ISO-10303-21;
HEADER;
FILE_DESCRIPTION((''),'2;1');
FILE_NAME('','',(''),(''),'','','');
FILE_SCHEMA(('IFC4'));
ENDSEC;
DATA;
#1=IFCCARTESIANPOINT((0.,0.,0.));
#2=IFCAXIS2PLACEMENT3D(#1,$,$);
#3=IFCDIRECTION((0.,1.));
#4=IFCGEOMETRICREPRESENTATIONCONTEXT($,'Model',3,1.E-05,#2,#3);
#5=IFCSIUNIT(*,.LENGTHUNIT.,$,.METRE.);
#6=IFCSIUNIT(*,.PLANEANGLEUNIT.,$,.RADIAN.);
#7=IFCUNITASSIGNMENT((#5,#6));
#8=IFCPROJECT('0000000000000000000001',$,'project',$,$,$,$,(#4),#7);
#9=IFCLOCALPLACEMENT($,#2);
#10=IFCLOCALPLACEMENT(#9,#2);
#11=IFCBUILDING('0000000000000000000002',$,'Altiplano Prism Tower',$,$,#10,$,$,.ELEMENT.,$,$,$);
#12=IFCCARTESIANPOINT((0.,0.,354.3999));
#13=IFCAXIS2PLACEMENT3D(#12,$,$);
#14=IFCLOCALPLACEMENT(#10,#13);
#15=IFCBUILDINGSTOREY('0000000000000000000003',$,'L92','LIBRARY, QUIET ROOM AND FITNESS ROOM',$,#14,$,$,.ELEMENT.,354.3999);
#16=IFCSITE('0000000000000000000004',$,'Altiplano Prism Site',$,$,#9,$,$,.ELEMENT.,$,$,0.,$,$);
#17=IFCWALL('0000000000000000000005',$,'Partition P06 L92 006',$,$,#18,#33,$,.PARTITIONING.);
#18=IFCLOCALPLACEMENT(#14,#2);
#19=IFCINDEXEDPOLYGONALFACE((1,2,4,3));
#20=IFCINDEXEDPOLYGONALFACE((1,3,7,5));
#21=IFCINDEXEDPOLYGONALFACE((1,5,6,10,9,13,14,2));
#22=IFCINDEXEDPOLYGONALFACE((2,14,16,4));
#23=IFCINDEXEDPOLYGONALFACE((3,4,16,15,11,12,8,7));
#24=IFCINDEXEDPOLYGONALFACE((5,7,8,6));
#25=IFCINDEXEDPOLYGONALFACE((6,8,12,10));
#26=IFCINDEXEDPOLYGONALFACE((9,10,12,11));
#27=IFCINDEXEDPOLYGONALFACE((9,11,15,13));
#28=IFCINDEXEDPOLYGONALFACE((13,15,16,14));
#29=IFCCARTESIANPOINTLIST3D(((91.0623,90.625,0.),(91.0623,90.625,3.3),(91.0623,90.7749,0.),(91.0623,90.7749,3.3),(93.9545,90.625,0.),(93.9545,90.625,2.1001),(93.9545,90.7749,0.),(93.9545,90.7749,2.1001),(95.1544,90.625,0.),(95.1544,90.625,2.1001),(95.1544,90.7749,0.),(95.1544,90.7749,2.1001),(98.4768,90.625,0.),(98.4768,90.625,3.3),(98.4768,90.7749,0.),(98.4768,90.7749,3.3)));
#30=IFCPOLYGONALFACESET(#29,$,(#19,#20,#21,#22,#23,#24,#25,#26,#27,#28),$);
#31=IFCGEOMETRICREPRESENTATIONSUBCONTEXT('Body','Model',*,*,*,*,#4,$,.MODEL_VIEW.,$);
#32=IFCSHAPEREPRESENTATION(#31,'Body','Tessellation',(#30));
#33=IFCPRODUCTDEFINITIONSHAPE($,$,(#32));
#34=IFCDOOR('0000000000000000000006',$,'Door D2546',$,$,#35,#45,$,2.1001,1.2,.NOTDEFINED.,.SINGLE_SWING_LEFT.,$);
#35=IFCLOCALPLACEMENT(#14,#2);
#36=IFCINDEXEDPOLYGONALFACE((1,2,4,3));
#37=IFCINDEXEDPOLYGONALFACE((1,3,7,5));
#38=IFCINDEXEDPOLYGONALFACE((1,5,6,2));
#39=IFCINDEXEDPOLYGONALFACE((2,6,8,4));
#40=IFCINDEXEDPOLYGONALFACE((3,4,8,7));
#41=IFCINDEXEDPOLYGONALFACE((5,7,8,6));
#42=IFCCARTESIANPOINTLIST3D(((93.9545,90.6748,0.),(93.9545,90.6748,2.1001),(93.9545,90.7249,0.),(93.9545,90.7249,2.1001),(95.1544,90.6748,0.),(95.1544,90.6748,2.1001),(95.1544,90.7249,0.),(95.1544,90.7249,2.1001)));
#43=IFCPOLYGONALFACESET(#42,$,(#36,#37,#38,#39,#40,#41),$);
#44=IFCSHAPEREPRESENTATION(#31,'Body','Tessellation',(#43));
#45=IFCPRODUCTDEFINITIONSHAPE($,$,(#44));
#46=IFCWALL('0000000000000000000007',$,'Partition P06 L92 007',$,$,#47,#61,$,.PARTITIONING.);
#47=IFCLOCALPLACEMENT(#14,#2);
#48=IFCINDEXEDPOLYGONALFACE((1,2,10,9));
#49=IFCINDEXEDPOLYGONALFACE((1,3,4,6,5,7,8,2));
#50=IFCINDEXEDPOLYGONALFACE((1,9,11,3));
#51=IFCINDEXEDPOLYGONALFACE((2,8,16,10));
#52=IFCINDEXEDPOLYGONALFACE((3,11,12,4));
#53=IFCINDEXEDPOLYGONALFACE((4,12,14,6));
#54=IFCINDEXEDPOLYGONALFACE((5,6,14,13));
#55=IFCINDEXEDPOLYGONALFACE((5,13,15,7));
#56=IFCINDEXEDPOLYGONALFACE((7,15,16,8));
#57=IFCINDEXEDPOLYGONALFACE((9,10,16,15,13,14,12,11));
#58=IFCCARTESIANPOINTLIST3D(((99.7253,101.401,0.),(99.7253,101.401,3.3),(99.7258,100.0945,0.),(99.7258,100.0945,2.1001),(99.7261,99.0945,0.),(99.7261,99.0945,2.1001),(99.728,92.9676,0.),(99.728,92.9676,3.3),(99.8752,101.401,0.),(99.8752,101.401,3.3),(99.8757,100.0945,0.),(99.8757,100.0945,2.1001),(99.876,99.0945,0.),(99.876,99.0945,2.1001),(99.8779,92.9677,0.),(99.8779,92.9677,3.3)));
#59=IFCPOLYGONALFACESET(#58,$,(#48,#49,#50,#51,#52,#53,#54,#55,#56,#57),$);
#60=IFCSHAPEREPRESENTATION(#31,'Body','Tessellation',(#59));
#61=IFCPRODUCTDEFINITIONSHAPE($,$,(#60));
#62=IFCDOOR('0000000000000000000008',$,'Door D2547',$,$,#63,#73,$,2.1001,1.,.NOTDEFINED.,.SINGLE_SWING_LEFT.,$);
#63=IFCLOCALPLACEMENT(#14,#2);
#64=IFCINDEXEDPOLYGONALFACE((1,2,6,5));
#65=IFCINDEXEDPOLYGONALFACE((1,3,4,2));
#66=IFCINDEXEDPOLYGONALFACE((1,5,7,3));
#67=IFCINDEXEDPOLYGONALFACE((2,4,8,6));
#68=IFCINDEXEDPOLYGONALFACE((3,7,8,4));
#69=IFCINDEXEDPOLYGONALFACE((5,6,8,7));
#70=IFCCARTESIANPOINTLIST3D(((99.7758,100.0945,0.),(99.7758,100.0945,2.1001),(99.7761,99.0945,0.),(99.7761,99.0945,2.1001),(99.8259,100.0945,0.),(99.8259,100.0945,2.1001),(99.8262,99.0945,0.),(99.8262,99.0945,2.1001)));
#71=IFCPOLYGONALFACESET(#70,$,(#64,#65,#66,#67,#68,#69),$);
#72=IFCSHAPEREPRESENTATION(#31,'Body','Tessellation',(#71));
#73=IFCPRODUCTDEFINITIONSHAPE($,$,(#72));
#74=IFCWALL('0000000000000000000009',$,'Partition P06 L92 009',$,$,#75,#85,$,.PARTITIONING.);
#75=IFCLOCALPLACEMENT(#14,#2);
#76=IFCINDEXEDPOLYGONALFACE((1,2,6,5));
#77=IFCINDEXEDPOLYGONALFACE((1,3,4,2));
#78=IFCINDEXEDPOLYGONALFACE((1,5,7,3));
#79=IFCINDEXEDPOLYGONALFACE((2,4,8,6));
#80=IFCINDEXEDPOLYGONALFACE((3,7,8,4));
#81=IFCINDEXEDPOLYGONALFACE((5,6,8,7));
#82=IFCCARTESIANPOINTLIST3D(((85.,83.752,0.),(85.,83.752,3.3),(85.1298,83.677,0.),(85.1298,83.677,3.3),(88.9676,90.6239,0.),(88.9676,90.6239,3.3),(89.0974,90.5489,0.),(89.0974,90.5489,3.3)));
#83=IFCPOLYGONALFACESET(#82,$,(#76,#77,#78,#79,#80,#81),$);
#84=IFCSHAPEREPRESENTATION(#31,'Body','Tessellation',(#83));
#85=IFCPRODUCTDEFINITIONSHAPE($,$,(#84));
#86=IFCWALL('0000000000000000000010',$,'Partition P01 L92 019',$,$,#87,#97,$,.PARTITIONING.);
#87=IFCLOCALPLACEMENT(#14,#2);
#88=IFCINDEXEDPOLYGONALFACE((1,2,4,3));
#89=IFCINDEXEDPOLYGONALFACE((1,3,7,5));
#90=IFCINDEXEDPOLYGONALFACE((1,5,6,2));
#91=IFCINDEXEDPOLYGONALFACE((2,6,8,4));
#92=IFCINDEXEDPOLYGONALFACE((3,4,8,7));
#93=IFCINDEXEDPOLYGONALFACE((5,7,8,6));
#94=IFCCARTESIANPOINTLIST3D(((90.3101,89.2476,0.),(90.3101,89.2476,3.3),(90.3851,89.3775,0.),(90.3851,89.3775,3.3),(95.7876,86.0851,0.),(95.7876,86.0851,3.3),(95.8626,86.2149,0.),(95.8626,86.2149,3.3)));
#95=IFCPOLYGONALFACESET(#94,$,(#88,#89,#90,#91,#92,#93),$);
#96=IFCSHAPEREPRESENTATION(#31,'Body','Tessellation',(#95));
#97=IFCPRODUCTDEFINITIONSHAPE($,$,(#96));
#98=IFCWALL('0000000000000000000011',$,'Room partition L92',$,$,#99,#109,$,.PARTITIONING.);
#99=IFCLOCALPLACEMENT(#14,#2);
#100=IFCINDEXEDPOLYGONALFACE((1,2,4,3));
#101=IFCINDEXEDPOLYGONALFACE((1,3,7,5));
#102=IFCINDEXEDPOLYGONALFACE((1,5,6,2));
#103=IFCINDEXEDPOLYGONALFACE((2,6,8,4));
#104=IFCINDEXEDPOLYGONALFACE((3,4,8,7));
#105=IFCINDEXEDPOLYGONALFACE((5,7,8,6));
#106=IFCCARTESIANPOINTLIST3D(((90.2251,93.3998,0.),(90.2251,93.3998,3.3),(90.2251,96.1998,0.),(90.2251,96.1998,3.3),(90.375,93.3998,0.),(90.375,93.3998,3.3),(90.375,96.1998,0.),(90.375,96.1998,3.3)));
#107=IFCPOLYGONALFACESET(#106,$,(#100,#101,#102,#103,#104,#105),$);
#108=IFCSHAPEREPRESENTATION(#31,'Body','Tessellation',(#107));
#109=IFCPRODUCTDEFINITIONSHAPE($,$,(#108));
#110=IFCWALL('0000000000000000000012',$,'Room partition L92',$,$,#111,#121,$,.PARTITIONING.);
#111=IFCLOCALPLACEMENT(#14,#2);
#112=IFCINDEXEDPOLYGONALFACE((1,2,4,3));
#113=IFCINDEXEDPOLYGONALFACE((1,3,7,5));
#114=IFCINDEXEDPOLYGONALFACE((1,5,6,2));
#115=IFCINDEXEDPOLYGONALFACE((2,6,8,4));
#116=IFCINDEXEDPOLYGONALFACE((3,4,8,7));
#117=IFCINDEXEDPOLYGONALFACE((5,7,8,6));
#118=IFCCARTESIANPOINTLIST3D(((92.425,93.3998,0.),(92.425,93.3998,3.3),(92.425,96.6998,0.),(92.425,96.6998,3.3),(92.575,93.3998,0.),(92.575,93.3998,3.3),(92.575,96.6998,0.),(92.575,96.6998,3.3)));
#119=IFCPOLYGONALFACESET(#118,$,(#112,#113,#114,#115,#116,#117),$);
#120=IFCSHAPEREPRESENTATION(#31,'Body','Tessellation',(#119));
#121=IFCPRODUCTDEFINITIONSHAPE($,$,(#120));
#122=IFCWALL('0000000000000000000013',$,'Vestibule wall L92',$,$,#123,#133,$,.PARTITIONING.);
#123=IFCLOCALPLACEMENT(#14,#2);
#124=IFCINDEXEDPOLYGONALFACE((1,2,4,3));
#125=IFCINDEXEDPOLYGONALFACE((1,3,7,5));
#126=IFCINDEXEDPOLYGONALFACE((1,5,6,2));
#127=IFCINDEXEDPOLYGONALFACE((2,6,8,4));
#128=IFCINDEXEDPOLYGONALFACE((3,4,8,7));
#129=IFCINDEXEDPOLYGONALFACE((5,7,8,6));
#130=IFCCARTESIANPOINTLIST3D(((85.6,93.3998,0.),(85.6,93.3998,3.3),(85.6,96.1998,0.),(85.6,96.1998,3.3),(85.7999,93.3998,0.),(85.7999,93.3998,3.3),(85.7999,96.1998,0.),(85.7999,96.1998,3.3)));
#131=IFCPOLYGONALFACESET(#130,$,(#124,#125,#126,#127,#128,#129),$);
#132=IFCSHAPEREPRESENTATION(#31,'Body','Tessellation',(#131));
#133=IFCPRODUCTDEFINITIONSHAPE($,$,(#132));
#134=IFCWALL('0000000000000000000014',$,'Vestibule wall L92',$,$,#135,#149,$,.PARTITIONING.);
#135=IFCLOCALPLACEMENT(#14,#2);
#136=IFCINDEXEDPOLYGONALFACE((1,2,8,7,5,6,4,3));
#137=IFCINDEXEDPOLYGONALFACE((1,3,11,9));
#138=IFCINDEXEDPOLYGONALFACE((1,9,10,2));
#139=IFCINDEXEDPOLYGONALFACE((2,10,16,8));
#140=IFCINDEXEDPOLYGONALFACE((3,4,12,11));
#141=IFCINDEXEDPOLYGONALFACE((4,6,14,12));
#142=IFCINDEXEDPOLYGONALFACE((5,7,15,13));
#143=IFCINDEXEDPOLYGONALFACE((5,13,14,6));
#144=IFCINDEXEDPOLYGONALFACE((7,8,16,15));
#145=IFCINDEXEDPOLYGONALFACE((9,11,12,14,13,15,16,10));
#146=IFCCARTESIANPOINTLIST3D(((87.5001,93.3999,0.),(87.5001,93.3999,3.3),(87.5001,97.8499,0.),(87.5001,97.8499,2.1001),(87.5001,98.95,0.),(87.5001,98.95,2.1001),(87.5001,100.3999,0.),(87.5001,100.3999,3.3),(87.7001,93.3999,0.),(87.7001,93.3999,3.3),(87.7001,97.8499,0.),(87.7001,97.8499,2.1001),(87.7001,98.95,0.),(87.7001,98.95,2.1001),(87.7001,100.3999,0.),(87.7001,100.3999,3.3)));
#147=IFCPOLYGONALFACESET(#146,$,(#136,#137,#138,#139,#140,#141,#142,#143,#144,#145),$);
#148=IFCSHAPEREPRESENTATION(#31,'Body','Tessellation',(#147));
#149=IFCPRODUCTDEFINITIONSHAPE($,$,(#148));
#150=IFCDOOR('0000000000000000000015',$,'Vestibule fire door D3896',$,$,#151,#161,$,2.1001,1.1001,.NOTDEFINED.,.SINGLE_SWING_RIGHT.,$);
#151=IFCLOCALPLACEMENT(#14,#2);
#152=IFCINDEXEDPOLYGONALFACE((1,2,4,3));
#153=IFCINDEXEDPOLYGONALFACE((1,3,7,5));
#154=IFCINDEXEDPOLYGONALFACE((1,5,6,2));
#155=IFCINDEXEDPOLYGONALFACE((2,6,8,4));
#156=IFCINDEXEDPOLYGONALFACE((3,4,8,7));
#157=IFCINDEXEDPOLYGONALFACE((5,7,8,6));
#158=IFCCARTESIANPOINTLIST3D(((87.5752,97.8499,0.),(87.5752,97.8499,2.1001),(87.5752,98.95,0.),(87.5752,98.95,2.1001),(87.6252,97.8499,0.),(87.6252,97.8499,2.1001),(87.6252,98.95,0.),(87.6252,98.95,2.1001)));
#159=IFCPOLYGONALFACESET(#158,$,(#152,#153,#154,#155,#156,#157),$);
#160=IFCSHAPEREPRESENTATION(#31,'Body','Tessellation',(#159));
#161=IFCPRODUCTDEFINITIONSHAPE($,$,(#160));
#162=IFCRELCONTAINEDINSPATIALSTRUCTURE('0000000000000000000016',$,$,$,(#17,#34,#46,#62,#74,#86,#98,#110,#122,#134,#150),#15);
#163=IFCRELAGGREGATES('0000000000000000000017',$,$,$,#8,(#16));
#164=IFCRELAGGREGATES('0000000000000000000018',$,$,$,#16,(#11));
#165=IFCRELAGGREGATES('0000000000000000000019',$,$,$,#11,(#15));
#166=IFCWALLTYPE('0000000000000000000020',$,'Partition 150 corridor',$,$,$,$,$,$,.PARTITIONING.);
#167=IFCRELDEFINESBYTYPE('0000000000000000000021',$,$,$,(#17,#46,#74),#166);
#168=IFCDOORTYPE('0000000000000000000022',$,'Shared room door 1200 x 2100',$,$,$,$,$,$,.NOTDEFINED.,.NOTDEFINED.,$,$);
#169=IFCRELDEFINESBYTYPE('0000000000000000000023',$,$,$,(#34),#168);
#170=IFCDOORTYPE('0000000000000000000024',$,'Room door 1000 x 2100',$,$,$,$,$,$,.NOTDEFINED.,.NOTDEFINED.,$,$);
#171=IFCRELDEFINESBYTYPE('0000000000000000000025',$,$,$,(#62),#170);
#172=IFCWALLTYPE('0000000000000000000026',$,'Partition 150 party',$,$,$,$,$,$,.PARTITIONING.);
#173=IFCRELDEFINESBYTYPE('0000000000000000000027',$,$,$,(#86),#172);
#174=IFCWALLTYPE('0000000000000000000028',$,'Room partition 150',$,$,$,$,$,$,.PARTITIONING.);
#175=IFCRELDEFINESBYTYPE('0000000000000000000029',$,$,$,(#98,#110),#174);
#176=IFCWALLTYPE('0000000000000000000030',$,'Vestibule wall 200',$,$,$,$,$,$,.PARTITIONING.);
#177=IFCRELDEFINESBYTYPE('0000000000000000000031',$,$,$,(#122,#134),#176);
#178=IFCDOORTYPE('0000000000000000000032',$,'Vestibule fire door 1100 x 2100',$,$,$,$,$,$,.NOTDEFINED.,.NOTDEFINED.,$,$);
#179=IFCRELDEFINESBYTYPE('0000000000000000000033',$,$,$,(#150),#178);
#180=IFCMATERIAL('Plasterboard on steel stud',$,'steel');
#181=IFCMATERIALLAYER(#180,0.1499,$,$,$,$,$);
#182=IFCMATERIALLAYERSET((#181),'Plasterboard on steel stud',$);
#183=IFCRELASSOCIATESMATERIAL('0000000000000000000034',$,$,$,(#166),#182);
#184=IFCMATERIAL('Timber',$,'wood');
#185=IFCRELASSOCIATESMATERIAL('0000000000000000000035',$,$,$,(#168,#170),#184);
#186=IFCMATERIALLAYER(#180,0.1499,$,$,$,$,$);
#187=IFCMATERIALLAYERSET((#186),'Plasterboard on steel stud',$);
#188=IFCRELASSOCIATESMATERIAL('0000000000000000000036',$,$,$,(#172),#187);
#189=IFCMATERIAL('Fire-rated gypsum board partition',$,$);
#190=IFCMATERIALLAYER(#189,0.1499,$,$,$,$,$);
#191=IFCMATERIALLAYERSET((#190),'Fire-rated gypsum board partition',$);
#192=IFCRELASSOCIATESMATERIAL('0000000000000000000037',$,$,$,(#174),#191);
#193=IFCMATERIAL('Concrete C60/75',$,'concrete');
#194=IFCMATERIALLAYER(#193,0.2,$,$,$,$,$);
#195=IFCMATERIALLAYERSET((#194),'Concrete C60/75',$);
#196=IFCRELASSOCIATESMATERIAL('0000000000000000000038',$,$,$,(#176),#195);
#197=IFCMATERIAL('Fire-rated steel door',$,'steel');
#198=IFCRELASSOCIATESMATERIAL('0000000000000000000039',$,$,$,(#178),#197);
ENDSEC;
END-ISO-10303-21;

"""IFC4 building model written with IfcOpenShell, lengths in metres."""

from ifc_helpers import new_model, si_unit, direction, frame, frame_2d, origin, place, context, subcontext, project, spatial, rectangle, extrude, material, layer, layer_set, type_object, element, fill, save


model = new_model("IFC4")

# Units and contexts
model_context = context("Model", 3, precision=1e-05, world=origin(), true_north=direction((0.0, 1.0)))
body_context = subcontext(model_context, "Body", "Model", "MODEL_VIEW")
ifc_project = project(units=[si_unit("LENGTHUNIT", "METRE"), si_unit("PLANEANGLEUNIT", "RADIAN")], contexts=[model_context])

# Site, building, storey
site_placement = place(None, origin())
site = spatial("IfcSite", under=ifc_project, at=site_placement, Name="Altiplano Prism Site", CompositionType="ELEMENT", RefElevation=0.0)
building_placement = place(site_placement, origin())
building = spatial("IfcBuilding", under=site, at=building_placement, Name="Altiplano Prism Tower", CompositionType="ELEMENT")
storey_placement = place(building_placement, frame((0.0, 0.0, 354.3999)))
storey = spatial("IfcBuildingStorey", under=building, at=storey_placement, Name="L92", Description="LIBRARY, QUIET ROOM AND FITNESS ROOM", CompositionType="ELEMENT", Elevation=354.3999)

# Shared definitions
ifc_material_1 = material(Name="Concrete C60/75", Category="concrete")

# Walls, openings, doors
ifc_material_2 = material(Name="Plasterboard on steel stud", Category="steel")
ifc_layer_1 = layer(ifc_material_2, 0.1499)
ifc_layer_set_1 = layer_set([ifc_layer_1], Name="Plasterboard on steel stud")
wall_type_1 = type_object("IfcWallType", Name="Partition 150 corridor", PredefinedType="PARTITIONING", material=ifc_layer_set_1)
wall_1_placement = place(storey_placement, frame((91.0623, 90.7, 0.0), z_axis=(0.0, 0.0, 1.0), x_axis=(1.0, 0.0, 0.0)))
wall_1 = element("IfcWall", 1, at=wall_1_placement, inside=storey, type_object=wall_type_1, Name="Partition P06 L92 006", PredefinedType="PARTITIONING", context=body_context, shape_type="SweptSolid", body=[
    extrude(rectangle(XDim=7.4146, YDim=0.1499, at=frame_2d((3.7073, 0.0))), origin(), (0.0, 0.0, 1.0), 3.3),
])
opening_1_placement = place(wall_1_placement, frame((2.8921, 0.0, 0.0)))
opening_1 = element("IfcOpeningElement", 2, at=opening_1_placement, cuts=wall_1, PredefinedType="OPENING", context=body_context, shape_type="SweptSolid", body=[
    extrude(rectangle(XDim=1.2, YDim=2.1001, at=frame_2d((0.6001, 1.05))), frame((0.0, 0.0854, 0.0), z_axis=(0.0, -1.0, 0.0), x_axis=(1.0, 0.0, 0.0)), (0.0, 0.0, 1.0), 0.1709),
])
ifc_material_3 = material(Name="Timber", Category="wood")
door_type_1 = type_object("IfcDoorType", Name="Shared room door 1200 x 2100", OperationType="NOTDEFINED", PredefinedType="NOTDEFINED", material=ifc_material_3)
door_1_placement = place(opening_1_placement, origin())
door_1 = element("IfcDoor", 3, at=door_1_placement, inside=storey, type_object=door_type_1, Name="Door D2546", OperationType="SINGLE_SWING_LEFT", OverallHeight=2.1001, OverallWidth=1.2, PredefinedType="NOTDEFINED", context=body_context, shape_type="SweptSolid", body=[
    extrude(rectangle(XDim=1.2, YDim=2.1001, at=frame_2d((0.6001, 1.05))), frame((0.0, 0.0249, 0.0), z_axis=(0.0, -1.0, 0.0), x_axis=(1.0, 0.0, 0.0)), (0.0, 0.0, 1.0), 0.05),
])
fill(opening_1, door_1)
wall_2_placement = place(storey_placement, frame((99.803, 92.9675, 0.0), z_axis=(0.0, 0.0, 1.0), x_axis=(-0.000318, 1.0, 0.0)))
wall_2 = element("IfcWall", 4, at=wall_2_placement, inside=storey, type_object=wall_type_1, Name="Partition P06 L92 007", PredefinedType="PARTITIONING", context=body_context, shape_type="SweptSolid", body=[
    extrude(rectangle(XDim=8.4333, YDim=0.1499, at=frame_2d((4.2168, 0.0))), origin(), (0.0, 0.0, 1.0), 3.3),
])
opening_2_placement = place(wall_2_placement, frame((6.127, 0.0, 0.0)))
opening_2 = element("IfcOpeningElement", 5, at=opening_2_placement, cuts=wall_2, PredefinedType="OPENING", context=body_context, shape_type="SweptSolid", body=[
    extrude(rectangle(XDim=1.0, YDim=2.1001, at=frame_2d((0.5, 1.05))), frame((0.0, 0.0854, 0.0), z_axis=(0.0, -1.0, 0.0), x_axis=(1.0, 0.0, 0.0)), (0.0, 0.0, 1.0), 0.1709),
])
door_type_2 = type_object("IfcDoorType", Name="Room door 1000 x 2100", OperationType="NOTDEFINED", PredefinedType="NOTDEFINED", material=ifc_material_3)
door_2_placement = place(opening_2_placement, origin())
door_2 = element("IfcDoor", 6, at=door_2_placement, inside=storey, type_object=door_type_2, Name="Door D2547", OperationType="SINGLE_SWING_LEFT", OverallHeight=2.1001, OverallWidth=1.0, PredefinedType="NOTDEFINED", context=body_context, shape_type="SweptSolid", body=[
    extrude(rectangle(XDim=1.0, YDim=2.1001, at=frame_2d((0.5, 1.05))), frame((0.0, 0.0249, 0.0), z_axis=(0.0, -1.0, 0.0), x_axis=(1.0, 0.0, 0.0)), (0.0, 0.0, 1.0), 0.05),
])
fill(opening_2, door_2)

# Walls
wall_3_placement = place(storey_placement, frame((89.0325, 90.5864, 0.0), z_axis=(0.0, 0.0, 1.0), x_axis=(-0.500007, -0.866021, 0.0)))
element("IfcWall", 7, at=wall_3_placement, inside=storey, type_object=wall_type_1, Name="Partition P06 L92 009", PredefinedType="PARTITIONING", context=body_context, shape_type="SweptSolid", body=[
    extrude(rectangle(XDim=7.9351, YDim=0.1499, at=frame_2d((3.9675, 0.0))), origin(), (0.0, 0.0, 1.0), 3.3),
])
ifc_layer_2 = layer(ifc_material_2, 0.1499)
ifc_layer_set_2 = layer_set([ifc_layer_2], Name="Plasterboard on steel stud")
wall_type_2 = type_object("IfcWallType", Name="Partition 150 party", PredefinedType="PARTITIONING", material=ifc_layer_set_2)
wall_4_placement = place(storey_placement, frame((95.8252, 86.1499, 0.0), z_axis=(0.0, 0.0, 1.0), x_axis=(-0.866016, 0.500016, 0.0)))
element("IfcWall", 8, at=wall_4_placement, inside=storey, type_object=wall_type_2, Name="Partition P01 L92 019", PredefinedType="PARTITIONING", context=body_context, shape_type="SweptSolid", body=[
    extrude(rectangle(XDim=6.325, YDim=0.1499, at=frame_2d((3.1626, 0.0))), origin(), (0.0, 0.0, 1.0), 3.3),
])
ifc_material_4 = material(Name="Fire-rated gypsum board partition")
ifc_layer_3 = layer(ifc_material_4, 0.1499)
ifc_layer_set_3 = layer_set([ifc_layer_3], Name="Fire-rated gypsum board partition")
wall_type_3 = type_object("IfcWallType", Name="Room partition 150", PredefinedType="PARTITIONING", material=ifc_layer_set_3)
wall_5_placement = place(storey_placement, frame((90.3, 93.3999, 0.0), z_axis=(0.0, 0.0, 1.0), x_axis=(0.0, 1.0, 0.0)))
element("IfcWall", 9, at=wall_5_placement, inside=storey, type_object=wall_type_3, Name="Room partition L92", PredefinedType="PARTITIONING", context=body_context, shape_type="SweptSolid", body=[
    extrude(rectangle(XDim=2.8, YDim=0.1499, at=frame_2d((1.3999, 0.0))), origin(), (0.0, 0.0, 1.0), 3.3),
])
wall_6_placement = place(storey_placement, frame((92.5, 93.3999, 0.0), z_axis=(0.0, 0.0, 1.0), x_axis=(0.0, 1.0, 0.0)))
element("IfcWall", 10, at=wall_6_placement, inside=storey, type_object=wall_type_3, Name="Room partition L92", PredefinedType="PARTITIONING", context=body_context, shape_type="SweptSolid", body=[
    extrude(rectangle(XDim=3.3, YDim=0.1499, at=frame_2d((1.6499, 0.0))), origin(), (0.0, 0.0, 1.0), 3.3),
])
ifc_layer_4 = layer(ifc_material_1, 0.2)
ifc_layer_set_4 = layer_set([ifc_layer_4], Name="Concrete C60/75")
wall_type_4 = type_object("IfcWallType", Name="Vestibule wall 200", PredefinedType="PARTITIONING", material=ifc_layer_set_4)
wall_7_placement = place(storey_placement, frame((85.7, 93.3999, 0.0), z_axis=(0.0, 0.0, 1.0), x_axis=(0.0, 1.0, 0.0)))
element("IfcWall", 11, at=wall_7_placement, inside=storey, type_object=wall_type_4, Name="Vestibule wall L92", PredefinedType="PARTITIONING", context=body_context, shape_type="SweptSolid", body=[
    extrude(rectangle(XDim=2.8, YDim=0.2, at=frame_2d((1.3999, 0.0))), origin(), (0.0, 0.0, 1.0), 3.3),
])

# Wall, opening, door
wall_8_placement = place(storey_placement, frame((87.6001, 93.3999, 0.0), z_axis=(0.0, 0.0, 1.0), x_axis=(0.0, 1.0, 0.0)))
wall_8 = element("IfcWall", 12, at=wall_8_placement, inside=storey, type_object=wall_type_4, Name="Vestibule wall L92", PredefinedType="PARTITIONING", context=body_context, shape_type="SweptSolid", body=[
    extrude(rectangle(XDim=7.0, YDim=0.2, at=frame_2d((3.5, 0.0))), origin(), (0.0, 0.0, 1.0), 3.3),
])
opening_3_placement = place(wall_8_placement, frame((4.45, 0.0, 0.0)))
opening_3 = element("IfcOpeningElement", 13, at=opening_3_placement, cuts=wall_8, PredefinedType="OPENING", context=body_context, shape_type="SweptSolid", body=[
    extrude(rectangle(XDim=1.1001, YDim=2.1001, at=frame_2d((0.55, 1.05))), frame((0.0, 0.1104, 0.0), z_axis=(0.0, -1.0, 0.0), x_axis=(1.0, 0.0, 0.0)), (0.0, 0.0, 1.0), 0.2209),
])
ifc_material_5 = material(Name="Fire-rated steel door", Category="steel")
door_type_3 = type_object("IfcDoorType", Name="Vestibule fire door 1100 x 2100", OperationType="NOTDEFINED", PredefinedType="NOTDEFINED", material=ifc_material_5)
door_3_placement = place(opening_3_placement, origin())
door_3 = element("IfcDoor", 14, at=door_3_placement, inside=storey, type_object=door_type_3, Name="Vestibule fire door D3896", OperationType="SINGLE_SWING_RIGHT", OverallHeight=2.1001, OverallWidth=1.1001, PredefinedType="NOTDEFINED", context=body_context, shape_type="SweptSolid", body=[
    extrude(rectangle(XDim=1.1001, YDim=2.1001, at=frame_2d((0.55, 1.05))), frame((0.0, 0.0249, 0.0), z_axis=(0.0, -1.0, 0.0), x_axis=(1.0, 0.0, 0.0)), (0.0, 0.0, 1.0), 0.05),
])
fill(opening_3, door_3)

save(model, "model.ifc")
